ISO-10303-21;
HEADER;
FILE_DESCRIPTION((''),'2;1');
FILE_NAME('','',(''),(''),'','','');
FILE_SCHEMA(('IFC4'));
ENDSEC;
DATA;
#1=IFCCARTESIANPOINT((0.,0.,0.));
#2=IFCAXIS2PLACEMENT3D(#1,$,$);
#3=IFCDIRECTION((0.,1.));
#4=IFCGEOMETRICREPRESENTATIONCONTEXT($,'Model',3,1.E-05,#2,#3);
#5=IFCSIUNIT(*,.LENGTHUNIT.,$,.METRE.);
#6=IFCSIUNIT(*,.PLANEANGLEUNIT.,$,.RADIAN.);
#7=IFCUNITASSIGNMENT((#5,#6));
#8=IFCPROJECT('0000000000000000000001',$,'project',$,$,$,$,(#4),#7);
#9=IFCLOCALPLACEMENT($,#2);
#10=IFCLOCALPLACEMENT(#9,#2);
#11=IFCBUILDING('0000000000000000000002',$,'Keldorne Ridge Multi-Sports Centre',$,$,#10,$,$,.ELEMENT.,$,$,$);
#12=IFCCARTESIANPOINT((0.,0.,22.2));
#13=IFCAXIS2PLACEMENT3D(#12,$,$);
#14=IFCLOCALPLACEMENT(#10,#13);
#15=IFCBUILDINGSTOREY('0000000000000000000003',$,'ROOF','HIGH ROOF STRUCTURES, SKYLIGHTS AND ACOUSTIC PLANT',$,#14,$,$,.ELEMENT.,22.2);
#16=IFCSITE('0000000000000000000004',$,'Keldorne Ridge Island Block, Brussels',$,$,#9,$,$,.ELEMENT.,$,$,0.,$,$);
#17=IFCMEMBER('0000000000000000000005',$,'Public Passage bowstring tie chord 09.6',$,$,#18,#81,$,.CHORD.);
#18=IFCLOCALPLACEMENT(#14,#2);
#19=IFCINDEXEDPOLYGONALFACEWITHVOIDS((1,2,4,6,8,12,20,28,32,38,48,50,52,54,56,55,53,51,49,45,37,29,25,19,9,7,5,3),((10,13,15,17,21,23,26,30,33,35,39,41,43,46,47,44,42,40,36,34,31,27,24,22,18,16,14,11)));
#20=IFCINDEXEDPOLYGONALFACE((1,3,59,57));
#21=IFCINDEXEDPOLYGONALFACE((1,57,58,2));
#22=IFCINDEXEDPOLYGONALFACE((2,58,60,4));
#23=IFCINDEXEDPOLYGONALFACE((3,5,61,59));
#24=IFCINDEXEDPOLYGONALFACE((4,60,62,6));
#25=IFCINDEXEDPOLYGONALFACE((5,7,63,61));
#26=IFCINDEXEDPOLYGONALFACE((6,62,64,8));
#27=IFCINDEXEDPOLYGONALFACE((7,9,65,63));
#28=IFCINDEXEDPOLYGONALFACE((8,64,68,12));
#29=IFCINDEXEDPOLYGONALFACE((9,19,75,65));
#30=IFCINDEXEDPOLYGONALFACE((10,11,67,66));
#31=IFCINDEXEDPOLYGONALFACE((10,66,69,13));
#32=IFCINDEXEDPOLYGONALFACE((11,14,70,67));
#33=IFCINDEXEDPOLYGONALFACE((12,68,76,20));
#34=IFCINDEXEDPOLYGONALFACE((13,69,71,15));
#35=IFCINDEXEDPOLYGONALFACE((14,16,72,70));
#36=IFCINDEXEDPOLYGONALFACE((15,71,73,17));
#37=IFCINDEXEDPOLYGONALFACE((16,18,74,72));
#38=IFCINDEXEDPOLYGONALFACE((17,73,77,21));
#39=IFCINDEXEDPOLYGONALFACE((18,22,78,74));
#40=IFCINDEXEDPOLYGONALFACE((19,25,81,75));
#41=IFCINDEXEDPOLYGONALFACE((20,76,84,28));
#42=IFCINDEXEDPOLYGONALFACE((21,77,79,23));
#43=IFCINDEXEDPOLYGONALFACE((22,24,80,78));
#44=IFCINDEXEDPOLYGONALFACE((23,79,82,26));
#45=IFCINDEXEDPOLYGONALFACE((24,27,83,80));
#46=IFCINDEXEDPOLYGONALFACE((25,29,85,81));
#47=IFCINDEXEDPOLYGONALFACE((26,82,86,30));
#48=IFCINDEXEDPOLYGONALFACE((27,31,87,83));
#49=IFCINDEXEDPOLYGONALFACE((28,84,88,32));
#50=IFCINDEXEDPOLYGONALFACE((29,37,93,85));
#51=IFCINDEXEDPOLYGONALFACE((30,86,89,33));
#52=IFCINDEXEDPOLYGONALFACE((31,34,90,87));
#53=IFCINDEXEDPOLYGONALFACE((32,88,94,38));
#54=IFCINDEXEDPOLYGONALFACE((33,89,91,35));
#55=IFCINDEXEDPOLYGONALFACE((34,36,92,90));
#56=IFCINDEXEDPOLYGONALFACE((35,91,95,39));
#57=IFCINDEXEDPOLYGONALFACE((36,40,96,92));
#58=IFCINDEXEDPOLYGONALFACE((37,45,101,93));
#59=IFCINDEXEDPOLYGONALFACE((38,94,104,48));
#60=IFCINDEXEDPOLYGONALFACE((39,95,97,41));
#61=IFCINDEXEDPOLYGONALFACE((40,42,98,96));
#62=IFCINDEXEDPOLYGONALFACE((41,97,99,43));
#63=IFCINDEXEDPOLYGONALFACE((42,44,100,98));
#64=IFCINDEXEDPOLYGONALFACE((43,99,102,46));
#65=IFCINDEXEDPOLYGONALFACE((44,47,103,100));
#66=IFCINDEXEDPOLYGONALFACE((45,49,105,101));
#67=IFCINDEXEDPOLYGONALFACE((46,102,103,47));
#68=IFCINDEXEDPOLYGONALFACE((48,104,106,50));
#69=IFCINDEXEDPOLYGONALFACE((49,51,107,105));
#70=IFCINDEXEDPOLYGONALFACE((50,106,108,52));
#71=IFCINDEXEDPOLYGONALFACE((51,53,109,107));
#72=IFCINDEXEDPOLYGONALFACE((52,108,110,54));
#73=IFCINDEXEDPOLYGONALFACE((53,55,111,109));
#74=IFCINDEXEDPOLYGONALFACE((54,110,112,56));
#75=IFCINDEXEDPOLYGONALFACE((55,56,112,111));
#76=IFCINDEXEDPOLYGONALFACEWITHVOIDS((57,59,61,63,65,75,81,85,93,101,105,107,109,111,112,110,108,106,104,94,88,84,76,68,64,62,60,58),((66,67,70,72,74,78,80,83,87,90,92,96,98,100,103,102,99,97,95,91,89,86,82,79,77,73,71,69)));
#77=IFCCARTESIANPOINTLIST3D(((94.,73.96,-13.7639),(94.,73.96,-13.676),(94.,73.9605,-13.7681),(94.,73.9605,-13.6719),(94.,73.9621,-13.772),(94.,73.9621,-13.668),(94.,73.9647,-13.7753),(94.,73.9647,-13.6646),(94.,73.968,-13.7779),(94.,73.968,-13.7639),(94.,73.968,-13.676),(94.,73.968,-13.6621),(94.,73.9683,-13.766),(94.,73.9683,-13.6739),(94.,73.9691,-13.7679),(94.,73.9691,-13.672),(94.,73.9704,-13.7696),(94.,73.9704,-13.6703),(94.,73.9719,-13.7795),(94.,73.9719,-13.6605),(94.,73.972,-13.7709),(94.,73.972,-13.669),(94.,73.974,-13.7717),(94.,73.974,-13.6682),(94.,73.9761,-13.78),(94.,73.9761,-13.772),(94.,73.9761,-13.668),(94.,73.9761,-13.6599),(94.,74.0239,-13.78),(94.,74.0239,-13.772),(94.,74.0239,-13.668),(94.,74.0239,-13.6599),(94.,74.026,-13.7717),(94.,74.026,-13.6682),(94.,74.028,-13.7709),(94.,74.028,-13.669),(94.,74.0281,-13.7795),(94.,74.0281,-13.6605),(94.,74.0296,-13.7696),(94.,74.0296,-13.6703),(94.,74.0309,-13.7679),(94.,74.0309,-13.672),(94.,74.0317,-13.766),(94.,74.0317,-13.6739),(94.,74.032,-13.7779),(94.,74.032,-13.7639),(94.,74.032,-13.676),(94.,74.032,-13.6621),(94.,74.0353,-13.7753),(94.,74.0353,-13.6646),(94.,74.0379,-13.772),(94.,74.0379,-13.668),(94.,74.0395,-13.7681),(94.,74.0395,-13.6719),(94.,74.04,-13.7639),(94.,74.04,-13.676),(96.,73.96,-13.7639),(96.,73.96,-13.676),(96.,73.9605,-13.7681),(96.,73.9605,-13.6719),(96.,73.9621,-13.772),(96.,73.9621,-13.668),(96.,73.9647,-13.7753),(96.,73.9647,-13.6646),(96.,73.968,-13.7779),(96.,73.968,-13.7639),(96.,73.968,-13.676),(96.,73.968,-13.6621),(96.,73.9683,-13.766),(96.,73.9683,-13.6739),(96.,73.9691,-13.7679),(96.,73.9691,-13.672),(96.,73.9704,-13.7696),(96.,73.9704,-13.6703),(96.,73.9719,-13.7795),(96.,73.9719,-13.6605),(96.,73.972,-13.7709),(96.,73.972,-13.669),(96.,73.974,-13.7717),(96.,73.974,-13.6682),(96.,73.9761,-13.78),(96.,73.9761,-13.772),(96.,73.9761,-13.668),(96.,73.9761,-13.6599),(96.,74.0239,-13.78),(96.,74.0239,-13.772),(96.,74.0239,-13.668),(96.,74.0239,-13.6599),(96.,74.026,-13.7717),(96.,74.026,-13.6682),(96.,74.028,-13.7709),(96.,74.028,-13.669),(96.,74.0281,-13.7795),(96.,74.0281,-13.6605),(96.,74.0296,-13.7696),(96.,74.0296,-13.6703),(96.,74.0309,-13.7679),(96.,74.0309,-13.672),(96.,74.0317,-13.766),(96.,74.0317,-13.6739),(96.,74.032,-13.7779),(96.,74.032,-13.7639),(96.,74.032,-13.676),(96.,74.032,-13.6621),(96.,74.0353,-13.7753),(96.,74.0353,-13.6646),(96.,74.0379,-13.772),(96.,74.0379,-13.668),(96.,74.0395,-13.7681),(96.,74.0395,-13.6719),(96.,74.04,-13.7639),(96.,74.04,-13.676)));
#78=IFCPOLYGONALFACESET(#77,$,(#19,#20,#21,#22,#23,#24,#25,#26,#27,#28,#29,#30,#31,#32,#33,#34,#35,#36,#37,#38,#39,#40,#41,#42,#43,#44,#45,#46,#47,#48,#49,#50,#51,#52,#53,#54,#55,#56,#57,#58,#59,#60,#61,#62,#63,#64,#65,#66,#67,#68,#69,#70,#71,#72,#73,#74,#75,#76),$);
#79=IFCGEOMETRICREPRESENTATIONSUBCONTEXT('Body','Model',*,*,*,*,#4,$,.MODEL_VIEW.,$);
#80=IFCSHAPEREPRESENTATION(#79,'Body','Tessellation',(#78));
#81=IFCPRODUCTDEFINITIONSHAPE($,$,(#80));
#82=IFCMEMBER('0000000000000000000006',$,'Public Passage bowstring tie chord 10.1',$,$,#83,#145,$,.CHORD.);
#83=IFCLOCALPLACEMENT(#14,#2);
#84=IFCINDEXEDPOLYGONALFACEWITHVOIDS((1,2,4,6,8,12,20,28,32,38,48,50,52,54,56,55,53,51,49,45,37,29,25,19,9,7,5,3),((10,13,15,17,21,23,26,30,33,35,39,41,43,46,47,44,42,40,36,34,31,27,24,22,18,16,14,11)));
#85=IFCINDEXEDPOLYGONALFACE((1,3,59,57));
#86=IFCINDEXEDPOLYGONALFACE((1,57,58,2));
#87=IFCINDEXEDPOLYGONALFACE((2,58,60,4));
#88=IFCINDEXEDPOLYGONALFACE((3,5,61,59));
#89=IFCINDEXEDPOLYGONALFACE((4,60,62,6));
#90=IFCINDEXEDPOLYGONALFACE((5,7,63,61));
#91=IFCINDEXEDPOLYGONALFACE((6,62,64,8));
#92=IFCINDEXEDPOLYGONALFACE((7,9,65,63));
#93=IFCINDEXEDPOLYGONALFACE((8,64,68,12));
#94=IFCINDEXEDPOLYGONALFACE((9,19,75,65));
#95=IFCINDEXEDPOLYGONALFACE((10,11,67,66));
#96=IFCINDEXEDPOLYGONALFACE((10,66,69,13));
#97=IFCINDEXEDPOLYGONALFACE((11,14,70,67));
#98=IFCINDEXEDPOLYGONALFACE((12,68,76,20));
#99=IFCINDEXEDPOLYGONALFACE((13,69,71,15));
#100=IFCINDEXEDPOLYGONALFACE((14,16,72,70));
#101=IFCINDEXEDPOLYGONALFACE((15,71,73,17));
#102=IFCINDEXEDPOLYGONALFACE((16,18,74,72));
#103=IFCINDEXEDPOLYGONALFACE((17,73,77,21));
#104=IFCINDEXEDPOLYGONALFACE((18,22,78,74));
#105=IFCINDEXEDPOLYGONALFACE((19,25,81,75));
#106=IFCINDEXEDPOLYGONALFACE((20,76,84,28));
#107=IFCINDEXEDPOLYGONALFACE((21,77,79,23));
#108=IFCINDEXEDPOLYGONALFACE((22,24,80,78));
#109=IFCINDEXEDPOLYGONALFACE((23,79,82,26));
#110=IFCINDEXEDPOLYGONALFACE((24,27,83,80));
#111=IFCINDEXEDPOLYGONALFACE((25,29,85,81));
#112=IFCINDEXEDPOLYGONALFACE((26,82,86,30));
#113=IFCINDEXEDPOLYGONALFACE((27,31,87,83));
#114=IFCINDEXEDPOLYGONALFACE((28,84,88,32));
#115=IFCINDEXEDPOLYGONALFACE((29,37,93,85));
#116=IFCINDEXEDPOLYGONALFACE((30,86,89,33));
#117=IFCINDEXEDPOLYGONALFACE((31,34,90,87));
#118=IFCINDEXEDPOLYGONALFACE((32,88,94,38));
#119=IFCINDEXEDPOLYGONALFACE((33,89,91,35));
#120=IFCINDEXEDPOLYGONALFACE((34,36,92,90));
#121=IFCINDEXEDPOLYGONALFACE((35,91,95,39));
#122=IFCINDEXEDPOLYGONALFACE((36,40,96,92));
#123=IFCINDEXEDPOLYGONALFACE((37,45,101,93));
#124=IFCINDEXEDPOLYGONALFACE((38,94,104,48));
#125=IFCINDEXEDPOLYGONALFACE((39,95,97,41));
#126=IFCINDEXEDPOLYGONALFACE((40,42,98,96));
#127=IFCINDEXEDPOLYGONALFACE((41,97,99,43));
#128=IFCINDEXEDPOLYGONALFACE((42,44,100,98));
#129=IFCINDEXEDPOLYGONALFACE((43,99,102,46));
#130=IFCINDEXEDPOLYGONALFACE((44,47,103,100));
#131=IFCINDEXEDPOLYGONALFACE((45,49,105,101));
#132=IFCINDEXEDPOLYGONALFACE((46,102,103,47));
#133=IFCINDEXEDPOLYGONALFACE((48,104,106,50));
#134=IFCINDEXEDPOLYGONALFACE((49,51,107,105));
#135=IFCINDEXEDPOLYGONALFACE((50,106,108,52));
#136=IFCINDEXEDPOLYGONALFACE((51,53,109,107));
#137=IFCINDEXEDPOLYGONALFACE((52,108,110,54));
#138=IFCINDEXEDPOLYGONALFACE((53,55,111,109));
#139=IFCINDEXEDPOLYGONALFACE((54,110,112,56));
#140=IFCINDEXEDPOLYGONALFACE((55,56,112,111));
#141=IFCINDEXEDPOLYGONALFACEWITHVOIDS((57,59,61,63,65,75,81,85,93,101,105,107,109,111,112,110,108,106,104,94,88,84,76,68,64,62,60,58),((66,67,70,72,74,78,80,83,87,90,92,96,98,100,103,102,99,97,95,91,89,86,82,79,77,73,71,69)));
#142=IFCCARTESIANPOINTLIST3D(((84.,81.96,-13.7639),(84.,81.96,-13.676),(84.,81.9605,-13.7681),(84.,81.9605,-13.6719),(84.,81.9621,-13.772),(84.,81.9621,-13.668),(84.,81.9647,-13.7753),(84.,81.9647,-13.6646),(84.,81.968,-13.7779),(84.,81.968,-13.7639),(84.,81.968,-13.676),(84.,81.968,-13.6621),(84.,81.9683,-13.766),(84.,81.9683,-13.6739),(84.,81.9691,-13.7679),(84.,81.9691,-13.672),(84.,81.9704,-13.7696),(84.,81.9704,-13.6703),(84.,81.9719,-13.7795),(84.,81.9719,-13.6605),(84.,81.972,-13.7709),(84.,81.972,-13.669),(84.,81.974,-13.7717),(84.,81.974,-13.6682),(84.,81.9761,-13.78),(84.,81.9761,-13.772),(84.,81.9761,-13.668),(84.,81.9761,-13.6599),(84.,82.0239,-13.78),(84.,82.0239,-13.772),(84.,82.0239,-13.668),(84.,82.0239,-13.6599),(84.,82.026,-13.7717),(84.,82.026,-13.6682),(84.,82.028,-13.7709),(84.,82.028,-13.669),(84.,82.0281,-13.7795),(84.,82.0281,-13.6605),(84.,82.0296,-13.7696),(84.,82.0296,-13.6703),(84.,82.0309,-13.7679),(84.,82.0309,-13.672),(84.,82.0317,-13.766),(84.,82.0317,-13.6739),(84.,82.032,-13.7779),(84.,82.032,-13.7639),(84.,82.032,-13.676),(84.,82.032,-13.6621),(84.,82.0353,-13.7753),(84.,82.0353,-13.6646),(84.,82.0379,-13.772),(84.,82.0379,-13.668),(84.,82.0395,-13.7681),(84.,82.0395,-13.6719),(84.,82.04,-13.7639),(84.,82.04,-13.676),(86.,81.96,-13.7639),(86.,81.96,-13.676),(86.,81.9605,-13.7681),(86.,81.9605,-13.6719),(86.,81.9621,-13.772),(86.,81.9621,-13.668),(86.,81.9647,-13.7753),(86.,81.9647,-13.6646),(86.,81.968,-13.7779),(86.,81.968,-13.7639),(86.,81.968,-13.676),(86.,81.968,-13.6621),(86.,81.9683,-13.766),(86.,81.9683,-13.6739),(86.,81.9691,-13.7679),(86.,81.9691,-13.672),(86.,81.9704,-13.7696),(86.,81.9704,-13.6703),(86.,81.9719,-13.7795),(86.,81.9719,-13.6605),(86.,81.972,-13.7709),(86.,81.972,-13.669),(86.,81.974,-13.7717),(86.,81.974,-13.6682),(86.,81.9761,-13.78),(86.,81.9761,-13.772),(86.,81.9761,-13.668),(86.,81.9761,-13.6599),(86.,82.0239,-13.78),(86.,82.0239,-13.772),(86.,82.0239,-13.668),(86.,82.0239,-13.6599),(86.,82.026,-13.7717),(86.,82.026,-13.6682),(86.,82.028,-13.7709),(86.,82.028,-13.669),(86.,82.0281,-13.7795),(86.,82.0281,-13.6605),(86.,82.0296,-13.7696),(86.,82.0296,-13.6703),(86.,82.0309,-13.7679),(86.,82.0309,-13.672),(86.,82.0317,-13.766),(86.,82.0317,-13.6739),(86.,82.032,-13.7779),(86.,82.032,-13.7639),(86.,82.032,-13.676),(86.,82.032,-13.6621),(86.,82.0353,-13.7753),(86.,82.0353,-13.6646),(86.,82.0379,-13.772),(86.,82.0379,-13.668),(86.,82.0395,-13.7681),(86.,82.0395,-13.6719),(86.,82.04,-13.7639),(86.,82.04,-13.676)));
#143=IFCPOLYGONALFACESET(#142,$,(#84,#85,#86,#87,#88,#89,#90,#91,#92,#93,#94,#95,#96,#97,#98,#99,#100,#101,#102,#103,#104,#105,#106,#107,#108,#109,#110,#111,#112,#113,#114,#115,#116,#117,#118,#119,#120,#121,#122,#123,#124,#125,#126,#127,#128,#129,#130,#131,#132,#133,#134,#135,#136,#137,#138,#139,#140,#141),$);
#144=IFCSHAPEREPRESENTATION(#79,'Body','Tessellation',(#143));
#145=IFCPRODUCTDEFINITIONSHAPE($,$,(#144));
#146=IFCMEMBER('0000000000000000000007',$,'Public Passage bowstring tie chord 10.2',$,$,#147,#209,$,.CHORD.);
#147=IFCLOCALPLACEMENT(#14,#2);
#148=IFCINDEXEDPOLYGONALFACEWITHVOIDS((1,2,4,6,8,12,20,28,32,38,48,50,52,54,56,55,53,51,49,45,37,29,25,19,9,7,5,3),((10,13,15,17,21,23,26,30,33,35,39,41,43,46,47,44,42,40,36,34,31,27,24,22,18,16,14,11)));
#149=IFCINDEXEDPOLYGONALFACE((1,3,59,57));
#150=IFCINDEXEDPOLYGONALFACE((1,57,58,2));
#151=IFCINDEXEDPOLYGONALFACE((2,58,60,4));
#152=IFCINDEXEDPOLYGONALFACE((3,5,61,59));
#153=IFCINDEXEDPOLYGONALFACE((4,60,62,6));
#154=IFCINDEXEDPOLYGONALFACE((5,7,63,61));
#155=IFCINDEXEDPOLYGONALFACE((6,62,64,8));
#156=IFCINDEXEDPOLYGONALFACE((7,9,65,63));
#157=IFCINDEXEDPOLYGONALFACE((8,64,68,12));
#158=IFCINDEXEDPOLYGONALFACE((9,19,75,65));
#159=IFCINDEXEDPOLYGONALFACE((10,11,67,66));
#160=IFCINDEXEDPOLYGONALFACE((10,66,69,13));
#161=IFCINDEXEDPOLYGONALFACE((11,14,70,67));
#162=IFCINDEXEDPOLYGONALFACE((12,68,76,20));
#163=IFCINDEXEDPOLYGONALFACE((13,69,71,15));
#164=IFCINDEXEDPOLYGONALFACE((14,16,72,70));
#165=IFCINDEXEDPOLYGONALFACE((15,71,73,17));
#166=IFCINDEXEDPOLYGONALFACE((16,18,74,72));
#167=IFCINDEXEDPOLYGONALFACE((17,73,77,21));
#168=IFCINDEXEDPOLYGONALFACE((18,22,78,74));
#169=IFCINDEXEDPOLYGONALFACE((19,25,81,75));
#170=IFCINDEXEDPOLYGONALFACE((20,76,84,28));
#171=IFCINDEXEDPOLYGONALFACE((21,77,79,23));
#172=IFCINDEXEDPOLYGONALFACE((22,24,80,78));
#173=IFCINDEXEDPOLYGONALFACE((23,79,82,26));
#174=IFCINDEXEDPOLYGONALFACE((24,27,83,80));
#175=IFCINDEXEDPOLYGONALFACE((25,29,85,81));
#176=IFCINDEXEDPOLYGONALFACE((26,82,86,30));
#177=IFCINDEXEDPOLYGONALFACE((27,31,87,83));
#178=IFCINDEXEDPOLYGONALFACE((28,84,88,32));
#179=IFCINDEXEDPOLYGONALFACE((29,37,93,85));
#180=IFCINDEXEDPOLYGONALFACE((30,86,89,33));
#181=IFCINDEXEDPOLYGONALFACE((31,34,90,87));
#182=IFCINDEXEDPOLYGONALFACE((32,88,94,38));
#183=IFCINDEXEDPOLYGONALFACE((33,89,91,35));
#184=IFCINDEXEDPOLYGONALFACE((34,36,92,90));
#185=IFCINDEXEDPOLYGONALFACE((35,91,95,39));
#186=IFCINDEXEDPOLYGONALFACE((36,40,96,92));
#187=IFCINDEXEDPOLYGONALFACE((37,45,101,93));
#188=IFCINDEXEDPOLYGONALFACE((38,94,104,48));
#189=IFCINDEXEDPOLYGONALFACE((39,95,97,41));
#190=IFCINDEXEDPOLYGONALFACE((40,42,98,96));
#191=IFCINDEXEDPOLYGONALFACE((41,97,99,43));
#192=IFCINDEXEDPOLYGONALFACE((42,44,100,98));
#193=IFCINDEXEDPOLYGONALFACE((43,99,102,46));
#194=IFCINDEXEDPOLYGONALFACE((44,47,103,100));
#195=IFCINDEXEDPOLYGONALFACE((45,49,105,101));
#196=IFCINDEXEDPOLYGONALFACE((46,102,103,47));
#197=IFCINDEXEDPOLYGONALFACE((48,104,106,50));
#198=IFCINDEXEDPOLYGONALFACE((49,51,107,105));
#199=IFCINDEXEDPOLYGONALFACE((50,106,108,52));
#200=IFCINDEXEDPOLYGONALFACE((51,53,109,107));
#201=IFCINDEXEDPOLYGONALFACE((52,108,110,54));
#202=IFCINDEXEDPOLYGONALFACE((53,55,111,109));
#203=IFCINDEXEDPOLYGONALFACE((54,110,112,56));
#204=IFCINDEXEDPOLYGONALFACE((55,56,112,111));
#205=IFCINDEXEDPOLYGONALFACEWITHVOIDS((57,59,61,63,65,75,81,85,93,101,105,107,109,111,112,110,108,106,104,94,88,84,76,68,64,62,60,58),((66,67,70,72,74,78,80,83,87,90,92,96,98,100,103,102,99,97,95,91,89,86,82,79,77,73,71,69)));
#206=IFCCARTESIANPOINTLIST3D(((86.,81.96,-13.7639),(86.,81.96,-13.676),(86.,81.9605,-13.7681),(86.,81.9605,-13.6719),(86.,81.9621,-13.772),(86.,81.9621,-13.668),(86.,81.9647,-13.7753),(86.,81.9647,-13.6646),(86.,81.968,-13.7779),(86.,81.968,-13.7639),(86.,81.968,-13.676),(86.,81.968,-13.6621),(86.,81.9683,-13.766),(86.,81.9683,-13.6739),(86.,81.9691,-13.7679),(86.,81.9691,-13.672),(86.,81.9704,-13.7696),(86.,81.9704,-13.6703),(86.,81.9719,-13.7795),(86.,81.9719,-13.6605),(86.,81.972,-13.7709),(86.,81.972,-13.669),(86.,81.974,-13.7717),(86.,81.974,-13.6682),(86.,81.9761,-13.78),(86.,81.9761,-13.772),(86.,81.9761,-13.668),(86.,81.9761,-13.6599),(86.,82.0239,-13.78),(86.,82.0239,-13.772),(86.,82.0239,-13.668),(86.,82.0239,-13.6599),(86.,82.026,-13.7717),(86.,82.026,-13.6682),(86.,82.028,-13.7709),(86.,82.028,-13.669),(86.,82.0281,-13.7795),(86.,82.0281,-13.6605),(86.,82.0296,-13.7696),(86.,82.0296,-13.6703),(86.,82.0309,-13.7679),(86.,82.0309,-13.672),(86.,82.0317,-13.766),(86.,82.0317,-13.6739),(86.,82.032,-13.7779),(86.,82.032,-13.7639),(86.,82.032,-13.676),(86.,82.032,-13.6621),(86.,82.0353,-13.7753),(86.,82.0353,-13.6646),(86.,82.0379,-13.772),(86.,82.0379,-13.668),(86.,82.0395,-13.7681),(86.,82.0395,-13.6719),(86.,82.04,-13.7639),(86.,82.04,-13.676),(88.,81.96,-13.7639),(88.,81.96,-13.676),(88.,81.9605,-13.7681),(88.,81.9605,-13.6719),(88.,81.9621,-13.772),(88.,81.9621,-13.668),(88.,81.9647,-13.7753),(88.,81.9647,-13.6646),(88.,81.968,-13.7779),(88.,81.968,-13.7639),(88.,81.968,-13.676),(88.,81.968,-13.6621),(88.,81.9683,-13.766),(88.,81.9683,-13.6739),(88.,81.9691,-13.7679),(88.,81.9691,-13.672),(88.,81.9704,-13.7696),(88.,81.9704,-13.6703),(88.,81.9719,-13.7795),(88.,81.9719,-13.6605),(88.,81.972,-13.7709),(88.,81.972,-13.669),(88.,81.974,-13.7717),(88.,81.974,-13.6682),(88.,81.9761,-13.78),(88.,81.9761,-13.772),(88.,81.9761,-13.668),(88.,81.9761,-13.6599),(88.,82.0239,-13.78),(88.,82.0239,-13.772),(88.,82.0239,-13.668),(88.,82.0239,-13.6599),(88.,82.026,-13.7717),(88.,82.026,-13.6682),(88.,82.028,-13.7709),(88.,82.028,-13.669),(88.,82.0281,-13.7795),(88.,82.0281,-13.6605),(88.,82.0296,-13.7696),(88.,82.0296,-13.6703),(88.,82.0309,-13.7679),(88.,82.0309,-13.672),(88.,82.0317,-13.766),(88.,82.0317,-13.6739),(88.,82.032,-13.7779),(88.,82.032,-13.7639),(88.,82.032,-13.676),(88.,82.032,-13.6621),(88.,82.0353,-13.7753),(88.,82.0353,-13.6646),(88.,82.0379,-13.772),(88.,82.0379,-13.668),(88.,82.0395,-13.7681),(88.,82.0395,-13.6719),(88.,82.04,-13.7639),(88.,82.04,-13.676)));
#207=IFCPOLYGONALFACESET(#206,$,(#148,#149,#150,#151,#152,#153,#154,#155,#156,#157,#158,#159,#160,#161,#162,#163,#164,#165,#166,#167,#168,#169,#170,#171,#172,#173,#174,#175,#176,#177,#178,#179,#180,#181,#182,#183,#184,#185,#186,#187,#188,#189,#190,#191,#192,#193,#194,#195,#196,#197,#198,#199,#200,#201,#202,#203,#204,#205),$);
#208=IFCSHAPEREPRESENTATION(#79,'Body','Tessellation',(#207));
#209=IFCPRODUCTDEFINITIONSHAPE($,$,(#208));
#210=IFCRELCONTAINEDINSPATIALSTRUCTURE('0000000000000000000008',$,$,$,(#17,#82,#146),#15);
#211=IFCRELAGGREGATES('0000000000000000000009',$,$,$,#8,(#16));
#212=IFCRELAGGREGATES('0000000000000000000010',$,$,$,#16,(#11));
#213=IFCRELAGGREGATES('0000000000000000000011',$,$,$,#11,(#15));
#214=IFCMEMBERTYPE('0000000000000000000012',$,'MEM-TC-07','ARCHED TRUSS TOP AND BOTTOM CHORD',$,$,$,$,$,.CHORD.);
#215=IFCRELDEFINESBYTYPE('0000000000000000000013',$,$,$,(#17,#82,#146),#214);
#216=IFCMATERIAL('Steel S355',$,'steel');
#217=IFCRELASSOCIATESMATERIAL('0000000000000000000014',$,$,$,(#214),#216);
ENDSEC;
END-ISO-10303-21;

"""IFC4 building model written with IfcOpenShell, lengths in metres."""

from ifc_helpers import new_model, si_unit, direction, frame, origin, origin_2d, place, context, subcontext, project, spatial, hollow_rectangle, extrude, material, material_profile, profile_set, type_object, element, save


model = new_model("IFC4")

# Units and contexts
model_context = context("Model", 3, precision=1e-05, world=origin(), true_north=direction((0.0, 1.0)))
body_context = subcontext(model_context, "Body", "Model", "MODEL_VIEW")
ifc_project = project(units=[si_unit("LENGTHUNIT", "METRE"), si_unit("PLANEANGLEUNIT", "RADIAN")], contexts=[model_context])

# Site, building, storey
site_placement = place(None, origin())
site = spatial("IfcSite", under=ifc_project, at=site_placement, Name="Keldorne Ridge Island Block, Brussels", CompositionType="ELEMENT", RefElevation=0.0)
building_placement = place(site_placement, origin())
building = spatial("IfcBuilding", under=site, at=building_placement, Name="Keldorne Ridge Multi-Sports Centre", CompositionType="ELEMENT")
storey_placement = place(building_placement, frame((0.0, 0.0, 22.2)))
storey = spatial("IfcBuildingStorey", under=building, at=storey_placement, Name="ROOF", Description="HIGH ROOF STRUCTURES, SKYLIGHTS AND ACOUSTIC PLANT", CompositionType="ELEMENT", Elevation=22.2)

# Members
ifc_material = material(Name="Steel S355", Category="steel")
ifc_material_profile_1 = material_profile(ifc_material, hollow_rectangle(XDim=0.0801, YDim=0.1201, WallThickness=0.0081, InnerFilletRadius=0.0081, OuterFilletRadius=0.0161, at=origin_2d()), Name="RHS 120x80x8")
ifc_profile_set_1 = profile_set([ifc_material_profile_1], Name="Steel S355")
member_type_1 = type_object("IfcMemberType", Name="MEM-TC-07", Description="ARCHED TRUSS TOP AND BOTTOM CHORD", PredefinedType="CHORD", material=ifc_profile_set_1)
for number, where, z_axis, x_axis, name in (
    (1, (94.0, 74.0, -13.72), (1.0, 0.0, 0.0), (0.0, 1.0, 0.0), "Public Passage bowstring tie chord 09.6"),
    (2, (84.0, 82.0, -13.72), (1.0, 0.0, 0.0), (0.0, 1.0, 0.0), "Public Passage bowstring tie chord 10.1"),
    (3, (86.0, 82.0, -13.72), (1.0, 0.0, 0.0), (0.0, 1.0, 0.0), "Public Passage bowstring tie chord 10.2"),
):
    element("IfcMember", number, at=place(storey_placement, frame(where, z_axis=z_axis, x_axis=x_axis)), inside=storey, type_object=member_type_1, Name=name, PredefinedType="CHORD", context=body_context, shape_type="SweptSolid", body=[
        extrude(hollow_rectangle(XDim=0.0801, YDim=0.1201, WallThickness=0.0081, InnerFilletRadius=0.0081, OuterFilletRadius=0.0161, at=origin_2d()), origin(), (0.0, 0.0, 1.0), 2.0),
    ])

save(model, "model.ifc")
